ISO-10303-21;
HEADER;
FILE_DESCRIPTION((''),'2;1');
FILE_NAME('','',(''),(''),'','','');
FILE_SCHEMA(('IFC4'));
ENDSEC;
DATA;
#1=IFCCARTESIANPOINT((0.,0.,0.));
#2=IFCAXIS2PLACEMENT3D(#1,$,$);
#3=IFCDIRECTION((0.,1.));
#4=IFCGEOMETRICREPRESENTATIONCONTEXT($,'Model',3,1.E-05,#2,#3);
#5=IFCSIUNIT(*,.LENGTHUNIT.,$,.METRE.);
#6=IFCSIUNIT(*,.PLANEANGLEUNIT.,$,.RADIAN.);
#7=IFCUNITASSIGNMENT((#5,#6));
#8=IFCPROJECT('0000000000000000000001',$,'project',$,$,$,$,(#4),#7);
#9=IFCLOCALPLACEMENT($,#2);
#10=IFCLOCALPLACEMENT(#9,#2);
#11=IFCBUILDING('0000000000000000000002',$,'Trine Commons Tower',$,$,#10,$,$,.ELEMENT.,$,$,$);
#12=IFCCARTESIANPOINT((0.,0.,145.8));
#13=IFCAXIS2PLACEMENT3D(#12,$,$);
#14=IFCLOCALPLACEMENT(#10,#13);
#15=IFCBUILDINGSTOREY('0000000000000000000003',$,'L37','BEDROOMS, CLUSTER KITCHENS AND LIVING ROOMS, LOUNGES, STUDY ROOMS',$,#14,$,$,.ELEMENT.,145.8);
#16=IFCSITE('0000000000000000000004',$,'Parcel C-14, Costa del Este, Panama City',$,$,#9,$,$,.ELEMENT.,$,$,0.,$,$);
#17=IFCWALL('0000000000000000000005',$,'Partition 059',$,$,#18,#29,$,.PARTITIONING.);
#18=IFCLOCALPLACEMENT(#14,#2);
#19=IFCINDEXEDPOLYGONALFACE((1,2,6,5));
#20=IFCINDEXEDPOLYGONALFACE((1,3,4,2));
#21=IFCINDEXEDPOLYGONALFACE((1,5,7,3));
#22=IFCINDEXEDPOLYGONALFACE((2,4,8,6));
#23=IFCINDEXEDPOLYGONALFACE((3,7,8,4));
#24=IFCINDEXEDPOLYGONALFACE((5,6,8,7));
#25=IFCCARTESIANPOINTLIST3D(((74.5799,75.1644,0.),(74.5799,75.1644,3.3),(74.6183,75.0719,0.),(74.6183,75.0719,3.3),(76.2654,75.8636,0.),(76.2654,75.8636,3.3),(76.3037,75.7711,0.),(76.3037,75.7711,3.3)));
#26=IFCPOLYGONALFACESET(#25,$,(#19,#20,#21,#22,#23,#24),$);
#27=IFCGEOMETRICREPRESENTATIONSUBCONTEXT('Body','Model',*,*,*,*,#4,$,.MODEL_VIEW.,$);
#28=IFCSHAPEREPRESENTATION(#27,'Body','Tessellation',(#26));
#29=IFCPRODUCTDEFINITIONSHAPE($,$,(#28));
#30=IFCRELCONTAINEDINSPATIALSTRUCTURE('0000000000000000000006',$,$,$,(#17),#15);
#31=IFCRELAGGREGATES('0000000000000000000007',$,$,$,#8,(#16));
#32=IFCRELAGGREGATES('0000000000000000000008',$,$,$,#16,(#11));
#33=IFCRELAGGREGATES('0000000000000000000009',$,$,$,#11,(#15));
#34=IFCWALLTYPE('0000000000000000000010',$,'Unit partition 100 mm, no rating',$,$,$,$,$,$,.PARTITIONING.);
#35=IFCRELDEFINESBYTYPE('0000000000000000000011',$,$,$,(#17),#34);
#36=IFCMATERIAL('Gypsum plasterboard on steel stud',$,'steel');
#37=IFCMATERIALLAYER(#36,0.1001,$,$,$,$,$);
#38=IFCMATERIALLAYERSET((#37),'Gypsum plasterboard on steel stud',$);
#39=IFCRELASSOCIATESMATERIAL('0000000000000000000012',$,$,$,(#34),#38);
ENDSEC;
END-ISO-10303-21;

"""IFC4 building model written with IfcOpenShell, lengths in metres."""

from ifc_helpers import new_model, si_unit, direction, frame, frame_2d, origin, place, context, subcontext, project, spatial, rectangle, extrude, material, layer, layer_set, type_object, element, save


model = new_model("IFC4")

# Units and contexts
model_context = context("Model", 3, precision=1e-05, world=origin(), true_north=direction((0.0, 1.0)))
body_context = subcontext(model_context, "Body", "Model", "MODEL_VIEW")
ifc_project = project(units=[si_unit("LENGTHUNIT", "METRE"), si_unit("PLANEANGLEUNIT", "RADIAN")], contexts=[model_context])

# Site, building, storey
site_placement = place(None, origin())
site = spatial("IfcSite", under=ifc_project, at=site_placement, Name="Parcel C-14, Costa del Este, Panama City", CompositionType="ELEMENT", RefElevation=0.0)
building_placement = place(site_placement, origin())
building = spatial("IfcBuilding", under=site, at=building_placement, Name="Trine Commons Tower", CompositionType="ELEMENT")
storey_placement = place(building_placement, frame((0.0, 0.0, 145.8)))
storey = spatial("IfcBuildingStorey", under=building, at=storey_placement, Name="L37", Description="BEDROOMS, CLUSTER KITCHENS AND LIVING ROOMS, LOUNGES, STUDY ROOMS", CompositionType="ELEMENT", Elevation=145.8)

# Shared definitions
ifc_material_1 = material(Name="Gypsum plasterboard on steel stud", Category="steel")

# Shared definitions
ifc_layer_1 = layer(ifc_material_1, 0.1001)
ifc_layer_set_1 = layer_set([ifc_layer_1], Name="Gypsum plasterboard on steel stud")
wall_type_1 = type_object("IfcWallType", Name="Unit partition 100 mm, no rating", PredefinedType="PARTITIONING", material=ifc_layer_set_1)

# Wall
wall_1_placement = place(storey_placement, frame((74.5991, 75.1182, 0.0), z_axis=(0.0, 0.0, 1.0), x_axis=(0.923677, 0.383171, 0.0)))
element("IfcWall", 1, at=wall_1_placement, inside=storey, type_object=wall_type_1, Name="Partition 059", PredefinedType="PARTITIONING", context=body_context, shape_type="SweptSolid", body=[
    extrude(rectangle(XDim=1.8247, YDim=0.1001, at=frame_2d((0.9124, 0.0))), origin(), (0.0, 0.0, 1.0), 3.3),
])

save(model, "model.ifc")
